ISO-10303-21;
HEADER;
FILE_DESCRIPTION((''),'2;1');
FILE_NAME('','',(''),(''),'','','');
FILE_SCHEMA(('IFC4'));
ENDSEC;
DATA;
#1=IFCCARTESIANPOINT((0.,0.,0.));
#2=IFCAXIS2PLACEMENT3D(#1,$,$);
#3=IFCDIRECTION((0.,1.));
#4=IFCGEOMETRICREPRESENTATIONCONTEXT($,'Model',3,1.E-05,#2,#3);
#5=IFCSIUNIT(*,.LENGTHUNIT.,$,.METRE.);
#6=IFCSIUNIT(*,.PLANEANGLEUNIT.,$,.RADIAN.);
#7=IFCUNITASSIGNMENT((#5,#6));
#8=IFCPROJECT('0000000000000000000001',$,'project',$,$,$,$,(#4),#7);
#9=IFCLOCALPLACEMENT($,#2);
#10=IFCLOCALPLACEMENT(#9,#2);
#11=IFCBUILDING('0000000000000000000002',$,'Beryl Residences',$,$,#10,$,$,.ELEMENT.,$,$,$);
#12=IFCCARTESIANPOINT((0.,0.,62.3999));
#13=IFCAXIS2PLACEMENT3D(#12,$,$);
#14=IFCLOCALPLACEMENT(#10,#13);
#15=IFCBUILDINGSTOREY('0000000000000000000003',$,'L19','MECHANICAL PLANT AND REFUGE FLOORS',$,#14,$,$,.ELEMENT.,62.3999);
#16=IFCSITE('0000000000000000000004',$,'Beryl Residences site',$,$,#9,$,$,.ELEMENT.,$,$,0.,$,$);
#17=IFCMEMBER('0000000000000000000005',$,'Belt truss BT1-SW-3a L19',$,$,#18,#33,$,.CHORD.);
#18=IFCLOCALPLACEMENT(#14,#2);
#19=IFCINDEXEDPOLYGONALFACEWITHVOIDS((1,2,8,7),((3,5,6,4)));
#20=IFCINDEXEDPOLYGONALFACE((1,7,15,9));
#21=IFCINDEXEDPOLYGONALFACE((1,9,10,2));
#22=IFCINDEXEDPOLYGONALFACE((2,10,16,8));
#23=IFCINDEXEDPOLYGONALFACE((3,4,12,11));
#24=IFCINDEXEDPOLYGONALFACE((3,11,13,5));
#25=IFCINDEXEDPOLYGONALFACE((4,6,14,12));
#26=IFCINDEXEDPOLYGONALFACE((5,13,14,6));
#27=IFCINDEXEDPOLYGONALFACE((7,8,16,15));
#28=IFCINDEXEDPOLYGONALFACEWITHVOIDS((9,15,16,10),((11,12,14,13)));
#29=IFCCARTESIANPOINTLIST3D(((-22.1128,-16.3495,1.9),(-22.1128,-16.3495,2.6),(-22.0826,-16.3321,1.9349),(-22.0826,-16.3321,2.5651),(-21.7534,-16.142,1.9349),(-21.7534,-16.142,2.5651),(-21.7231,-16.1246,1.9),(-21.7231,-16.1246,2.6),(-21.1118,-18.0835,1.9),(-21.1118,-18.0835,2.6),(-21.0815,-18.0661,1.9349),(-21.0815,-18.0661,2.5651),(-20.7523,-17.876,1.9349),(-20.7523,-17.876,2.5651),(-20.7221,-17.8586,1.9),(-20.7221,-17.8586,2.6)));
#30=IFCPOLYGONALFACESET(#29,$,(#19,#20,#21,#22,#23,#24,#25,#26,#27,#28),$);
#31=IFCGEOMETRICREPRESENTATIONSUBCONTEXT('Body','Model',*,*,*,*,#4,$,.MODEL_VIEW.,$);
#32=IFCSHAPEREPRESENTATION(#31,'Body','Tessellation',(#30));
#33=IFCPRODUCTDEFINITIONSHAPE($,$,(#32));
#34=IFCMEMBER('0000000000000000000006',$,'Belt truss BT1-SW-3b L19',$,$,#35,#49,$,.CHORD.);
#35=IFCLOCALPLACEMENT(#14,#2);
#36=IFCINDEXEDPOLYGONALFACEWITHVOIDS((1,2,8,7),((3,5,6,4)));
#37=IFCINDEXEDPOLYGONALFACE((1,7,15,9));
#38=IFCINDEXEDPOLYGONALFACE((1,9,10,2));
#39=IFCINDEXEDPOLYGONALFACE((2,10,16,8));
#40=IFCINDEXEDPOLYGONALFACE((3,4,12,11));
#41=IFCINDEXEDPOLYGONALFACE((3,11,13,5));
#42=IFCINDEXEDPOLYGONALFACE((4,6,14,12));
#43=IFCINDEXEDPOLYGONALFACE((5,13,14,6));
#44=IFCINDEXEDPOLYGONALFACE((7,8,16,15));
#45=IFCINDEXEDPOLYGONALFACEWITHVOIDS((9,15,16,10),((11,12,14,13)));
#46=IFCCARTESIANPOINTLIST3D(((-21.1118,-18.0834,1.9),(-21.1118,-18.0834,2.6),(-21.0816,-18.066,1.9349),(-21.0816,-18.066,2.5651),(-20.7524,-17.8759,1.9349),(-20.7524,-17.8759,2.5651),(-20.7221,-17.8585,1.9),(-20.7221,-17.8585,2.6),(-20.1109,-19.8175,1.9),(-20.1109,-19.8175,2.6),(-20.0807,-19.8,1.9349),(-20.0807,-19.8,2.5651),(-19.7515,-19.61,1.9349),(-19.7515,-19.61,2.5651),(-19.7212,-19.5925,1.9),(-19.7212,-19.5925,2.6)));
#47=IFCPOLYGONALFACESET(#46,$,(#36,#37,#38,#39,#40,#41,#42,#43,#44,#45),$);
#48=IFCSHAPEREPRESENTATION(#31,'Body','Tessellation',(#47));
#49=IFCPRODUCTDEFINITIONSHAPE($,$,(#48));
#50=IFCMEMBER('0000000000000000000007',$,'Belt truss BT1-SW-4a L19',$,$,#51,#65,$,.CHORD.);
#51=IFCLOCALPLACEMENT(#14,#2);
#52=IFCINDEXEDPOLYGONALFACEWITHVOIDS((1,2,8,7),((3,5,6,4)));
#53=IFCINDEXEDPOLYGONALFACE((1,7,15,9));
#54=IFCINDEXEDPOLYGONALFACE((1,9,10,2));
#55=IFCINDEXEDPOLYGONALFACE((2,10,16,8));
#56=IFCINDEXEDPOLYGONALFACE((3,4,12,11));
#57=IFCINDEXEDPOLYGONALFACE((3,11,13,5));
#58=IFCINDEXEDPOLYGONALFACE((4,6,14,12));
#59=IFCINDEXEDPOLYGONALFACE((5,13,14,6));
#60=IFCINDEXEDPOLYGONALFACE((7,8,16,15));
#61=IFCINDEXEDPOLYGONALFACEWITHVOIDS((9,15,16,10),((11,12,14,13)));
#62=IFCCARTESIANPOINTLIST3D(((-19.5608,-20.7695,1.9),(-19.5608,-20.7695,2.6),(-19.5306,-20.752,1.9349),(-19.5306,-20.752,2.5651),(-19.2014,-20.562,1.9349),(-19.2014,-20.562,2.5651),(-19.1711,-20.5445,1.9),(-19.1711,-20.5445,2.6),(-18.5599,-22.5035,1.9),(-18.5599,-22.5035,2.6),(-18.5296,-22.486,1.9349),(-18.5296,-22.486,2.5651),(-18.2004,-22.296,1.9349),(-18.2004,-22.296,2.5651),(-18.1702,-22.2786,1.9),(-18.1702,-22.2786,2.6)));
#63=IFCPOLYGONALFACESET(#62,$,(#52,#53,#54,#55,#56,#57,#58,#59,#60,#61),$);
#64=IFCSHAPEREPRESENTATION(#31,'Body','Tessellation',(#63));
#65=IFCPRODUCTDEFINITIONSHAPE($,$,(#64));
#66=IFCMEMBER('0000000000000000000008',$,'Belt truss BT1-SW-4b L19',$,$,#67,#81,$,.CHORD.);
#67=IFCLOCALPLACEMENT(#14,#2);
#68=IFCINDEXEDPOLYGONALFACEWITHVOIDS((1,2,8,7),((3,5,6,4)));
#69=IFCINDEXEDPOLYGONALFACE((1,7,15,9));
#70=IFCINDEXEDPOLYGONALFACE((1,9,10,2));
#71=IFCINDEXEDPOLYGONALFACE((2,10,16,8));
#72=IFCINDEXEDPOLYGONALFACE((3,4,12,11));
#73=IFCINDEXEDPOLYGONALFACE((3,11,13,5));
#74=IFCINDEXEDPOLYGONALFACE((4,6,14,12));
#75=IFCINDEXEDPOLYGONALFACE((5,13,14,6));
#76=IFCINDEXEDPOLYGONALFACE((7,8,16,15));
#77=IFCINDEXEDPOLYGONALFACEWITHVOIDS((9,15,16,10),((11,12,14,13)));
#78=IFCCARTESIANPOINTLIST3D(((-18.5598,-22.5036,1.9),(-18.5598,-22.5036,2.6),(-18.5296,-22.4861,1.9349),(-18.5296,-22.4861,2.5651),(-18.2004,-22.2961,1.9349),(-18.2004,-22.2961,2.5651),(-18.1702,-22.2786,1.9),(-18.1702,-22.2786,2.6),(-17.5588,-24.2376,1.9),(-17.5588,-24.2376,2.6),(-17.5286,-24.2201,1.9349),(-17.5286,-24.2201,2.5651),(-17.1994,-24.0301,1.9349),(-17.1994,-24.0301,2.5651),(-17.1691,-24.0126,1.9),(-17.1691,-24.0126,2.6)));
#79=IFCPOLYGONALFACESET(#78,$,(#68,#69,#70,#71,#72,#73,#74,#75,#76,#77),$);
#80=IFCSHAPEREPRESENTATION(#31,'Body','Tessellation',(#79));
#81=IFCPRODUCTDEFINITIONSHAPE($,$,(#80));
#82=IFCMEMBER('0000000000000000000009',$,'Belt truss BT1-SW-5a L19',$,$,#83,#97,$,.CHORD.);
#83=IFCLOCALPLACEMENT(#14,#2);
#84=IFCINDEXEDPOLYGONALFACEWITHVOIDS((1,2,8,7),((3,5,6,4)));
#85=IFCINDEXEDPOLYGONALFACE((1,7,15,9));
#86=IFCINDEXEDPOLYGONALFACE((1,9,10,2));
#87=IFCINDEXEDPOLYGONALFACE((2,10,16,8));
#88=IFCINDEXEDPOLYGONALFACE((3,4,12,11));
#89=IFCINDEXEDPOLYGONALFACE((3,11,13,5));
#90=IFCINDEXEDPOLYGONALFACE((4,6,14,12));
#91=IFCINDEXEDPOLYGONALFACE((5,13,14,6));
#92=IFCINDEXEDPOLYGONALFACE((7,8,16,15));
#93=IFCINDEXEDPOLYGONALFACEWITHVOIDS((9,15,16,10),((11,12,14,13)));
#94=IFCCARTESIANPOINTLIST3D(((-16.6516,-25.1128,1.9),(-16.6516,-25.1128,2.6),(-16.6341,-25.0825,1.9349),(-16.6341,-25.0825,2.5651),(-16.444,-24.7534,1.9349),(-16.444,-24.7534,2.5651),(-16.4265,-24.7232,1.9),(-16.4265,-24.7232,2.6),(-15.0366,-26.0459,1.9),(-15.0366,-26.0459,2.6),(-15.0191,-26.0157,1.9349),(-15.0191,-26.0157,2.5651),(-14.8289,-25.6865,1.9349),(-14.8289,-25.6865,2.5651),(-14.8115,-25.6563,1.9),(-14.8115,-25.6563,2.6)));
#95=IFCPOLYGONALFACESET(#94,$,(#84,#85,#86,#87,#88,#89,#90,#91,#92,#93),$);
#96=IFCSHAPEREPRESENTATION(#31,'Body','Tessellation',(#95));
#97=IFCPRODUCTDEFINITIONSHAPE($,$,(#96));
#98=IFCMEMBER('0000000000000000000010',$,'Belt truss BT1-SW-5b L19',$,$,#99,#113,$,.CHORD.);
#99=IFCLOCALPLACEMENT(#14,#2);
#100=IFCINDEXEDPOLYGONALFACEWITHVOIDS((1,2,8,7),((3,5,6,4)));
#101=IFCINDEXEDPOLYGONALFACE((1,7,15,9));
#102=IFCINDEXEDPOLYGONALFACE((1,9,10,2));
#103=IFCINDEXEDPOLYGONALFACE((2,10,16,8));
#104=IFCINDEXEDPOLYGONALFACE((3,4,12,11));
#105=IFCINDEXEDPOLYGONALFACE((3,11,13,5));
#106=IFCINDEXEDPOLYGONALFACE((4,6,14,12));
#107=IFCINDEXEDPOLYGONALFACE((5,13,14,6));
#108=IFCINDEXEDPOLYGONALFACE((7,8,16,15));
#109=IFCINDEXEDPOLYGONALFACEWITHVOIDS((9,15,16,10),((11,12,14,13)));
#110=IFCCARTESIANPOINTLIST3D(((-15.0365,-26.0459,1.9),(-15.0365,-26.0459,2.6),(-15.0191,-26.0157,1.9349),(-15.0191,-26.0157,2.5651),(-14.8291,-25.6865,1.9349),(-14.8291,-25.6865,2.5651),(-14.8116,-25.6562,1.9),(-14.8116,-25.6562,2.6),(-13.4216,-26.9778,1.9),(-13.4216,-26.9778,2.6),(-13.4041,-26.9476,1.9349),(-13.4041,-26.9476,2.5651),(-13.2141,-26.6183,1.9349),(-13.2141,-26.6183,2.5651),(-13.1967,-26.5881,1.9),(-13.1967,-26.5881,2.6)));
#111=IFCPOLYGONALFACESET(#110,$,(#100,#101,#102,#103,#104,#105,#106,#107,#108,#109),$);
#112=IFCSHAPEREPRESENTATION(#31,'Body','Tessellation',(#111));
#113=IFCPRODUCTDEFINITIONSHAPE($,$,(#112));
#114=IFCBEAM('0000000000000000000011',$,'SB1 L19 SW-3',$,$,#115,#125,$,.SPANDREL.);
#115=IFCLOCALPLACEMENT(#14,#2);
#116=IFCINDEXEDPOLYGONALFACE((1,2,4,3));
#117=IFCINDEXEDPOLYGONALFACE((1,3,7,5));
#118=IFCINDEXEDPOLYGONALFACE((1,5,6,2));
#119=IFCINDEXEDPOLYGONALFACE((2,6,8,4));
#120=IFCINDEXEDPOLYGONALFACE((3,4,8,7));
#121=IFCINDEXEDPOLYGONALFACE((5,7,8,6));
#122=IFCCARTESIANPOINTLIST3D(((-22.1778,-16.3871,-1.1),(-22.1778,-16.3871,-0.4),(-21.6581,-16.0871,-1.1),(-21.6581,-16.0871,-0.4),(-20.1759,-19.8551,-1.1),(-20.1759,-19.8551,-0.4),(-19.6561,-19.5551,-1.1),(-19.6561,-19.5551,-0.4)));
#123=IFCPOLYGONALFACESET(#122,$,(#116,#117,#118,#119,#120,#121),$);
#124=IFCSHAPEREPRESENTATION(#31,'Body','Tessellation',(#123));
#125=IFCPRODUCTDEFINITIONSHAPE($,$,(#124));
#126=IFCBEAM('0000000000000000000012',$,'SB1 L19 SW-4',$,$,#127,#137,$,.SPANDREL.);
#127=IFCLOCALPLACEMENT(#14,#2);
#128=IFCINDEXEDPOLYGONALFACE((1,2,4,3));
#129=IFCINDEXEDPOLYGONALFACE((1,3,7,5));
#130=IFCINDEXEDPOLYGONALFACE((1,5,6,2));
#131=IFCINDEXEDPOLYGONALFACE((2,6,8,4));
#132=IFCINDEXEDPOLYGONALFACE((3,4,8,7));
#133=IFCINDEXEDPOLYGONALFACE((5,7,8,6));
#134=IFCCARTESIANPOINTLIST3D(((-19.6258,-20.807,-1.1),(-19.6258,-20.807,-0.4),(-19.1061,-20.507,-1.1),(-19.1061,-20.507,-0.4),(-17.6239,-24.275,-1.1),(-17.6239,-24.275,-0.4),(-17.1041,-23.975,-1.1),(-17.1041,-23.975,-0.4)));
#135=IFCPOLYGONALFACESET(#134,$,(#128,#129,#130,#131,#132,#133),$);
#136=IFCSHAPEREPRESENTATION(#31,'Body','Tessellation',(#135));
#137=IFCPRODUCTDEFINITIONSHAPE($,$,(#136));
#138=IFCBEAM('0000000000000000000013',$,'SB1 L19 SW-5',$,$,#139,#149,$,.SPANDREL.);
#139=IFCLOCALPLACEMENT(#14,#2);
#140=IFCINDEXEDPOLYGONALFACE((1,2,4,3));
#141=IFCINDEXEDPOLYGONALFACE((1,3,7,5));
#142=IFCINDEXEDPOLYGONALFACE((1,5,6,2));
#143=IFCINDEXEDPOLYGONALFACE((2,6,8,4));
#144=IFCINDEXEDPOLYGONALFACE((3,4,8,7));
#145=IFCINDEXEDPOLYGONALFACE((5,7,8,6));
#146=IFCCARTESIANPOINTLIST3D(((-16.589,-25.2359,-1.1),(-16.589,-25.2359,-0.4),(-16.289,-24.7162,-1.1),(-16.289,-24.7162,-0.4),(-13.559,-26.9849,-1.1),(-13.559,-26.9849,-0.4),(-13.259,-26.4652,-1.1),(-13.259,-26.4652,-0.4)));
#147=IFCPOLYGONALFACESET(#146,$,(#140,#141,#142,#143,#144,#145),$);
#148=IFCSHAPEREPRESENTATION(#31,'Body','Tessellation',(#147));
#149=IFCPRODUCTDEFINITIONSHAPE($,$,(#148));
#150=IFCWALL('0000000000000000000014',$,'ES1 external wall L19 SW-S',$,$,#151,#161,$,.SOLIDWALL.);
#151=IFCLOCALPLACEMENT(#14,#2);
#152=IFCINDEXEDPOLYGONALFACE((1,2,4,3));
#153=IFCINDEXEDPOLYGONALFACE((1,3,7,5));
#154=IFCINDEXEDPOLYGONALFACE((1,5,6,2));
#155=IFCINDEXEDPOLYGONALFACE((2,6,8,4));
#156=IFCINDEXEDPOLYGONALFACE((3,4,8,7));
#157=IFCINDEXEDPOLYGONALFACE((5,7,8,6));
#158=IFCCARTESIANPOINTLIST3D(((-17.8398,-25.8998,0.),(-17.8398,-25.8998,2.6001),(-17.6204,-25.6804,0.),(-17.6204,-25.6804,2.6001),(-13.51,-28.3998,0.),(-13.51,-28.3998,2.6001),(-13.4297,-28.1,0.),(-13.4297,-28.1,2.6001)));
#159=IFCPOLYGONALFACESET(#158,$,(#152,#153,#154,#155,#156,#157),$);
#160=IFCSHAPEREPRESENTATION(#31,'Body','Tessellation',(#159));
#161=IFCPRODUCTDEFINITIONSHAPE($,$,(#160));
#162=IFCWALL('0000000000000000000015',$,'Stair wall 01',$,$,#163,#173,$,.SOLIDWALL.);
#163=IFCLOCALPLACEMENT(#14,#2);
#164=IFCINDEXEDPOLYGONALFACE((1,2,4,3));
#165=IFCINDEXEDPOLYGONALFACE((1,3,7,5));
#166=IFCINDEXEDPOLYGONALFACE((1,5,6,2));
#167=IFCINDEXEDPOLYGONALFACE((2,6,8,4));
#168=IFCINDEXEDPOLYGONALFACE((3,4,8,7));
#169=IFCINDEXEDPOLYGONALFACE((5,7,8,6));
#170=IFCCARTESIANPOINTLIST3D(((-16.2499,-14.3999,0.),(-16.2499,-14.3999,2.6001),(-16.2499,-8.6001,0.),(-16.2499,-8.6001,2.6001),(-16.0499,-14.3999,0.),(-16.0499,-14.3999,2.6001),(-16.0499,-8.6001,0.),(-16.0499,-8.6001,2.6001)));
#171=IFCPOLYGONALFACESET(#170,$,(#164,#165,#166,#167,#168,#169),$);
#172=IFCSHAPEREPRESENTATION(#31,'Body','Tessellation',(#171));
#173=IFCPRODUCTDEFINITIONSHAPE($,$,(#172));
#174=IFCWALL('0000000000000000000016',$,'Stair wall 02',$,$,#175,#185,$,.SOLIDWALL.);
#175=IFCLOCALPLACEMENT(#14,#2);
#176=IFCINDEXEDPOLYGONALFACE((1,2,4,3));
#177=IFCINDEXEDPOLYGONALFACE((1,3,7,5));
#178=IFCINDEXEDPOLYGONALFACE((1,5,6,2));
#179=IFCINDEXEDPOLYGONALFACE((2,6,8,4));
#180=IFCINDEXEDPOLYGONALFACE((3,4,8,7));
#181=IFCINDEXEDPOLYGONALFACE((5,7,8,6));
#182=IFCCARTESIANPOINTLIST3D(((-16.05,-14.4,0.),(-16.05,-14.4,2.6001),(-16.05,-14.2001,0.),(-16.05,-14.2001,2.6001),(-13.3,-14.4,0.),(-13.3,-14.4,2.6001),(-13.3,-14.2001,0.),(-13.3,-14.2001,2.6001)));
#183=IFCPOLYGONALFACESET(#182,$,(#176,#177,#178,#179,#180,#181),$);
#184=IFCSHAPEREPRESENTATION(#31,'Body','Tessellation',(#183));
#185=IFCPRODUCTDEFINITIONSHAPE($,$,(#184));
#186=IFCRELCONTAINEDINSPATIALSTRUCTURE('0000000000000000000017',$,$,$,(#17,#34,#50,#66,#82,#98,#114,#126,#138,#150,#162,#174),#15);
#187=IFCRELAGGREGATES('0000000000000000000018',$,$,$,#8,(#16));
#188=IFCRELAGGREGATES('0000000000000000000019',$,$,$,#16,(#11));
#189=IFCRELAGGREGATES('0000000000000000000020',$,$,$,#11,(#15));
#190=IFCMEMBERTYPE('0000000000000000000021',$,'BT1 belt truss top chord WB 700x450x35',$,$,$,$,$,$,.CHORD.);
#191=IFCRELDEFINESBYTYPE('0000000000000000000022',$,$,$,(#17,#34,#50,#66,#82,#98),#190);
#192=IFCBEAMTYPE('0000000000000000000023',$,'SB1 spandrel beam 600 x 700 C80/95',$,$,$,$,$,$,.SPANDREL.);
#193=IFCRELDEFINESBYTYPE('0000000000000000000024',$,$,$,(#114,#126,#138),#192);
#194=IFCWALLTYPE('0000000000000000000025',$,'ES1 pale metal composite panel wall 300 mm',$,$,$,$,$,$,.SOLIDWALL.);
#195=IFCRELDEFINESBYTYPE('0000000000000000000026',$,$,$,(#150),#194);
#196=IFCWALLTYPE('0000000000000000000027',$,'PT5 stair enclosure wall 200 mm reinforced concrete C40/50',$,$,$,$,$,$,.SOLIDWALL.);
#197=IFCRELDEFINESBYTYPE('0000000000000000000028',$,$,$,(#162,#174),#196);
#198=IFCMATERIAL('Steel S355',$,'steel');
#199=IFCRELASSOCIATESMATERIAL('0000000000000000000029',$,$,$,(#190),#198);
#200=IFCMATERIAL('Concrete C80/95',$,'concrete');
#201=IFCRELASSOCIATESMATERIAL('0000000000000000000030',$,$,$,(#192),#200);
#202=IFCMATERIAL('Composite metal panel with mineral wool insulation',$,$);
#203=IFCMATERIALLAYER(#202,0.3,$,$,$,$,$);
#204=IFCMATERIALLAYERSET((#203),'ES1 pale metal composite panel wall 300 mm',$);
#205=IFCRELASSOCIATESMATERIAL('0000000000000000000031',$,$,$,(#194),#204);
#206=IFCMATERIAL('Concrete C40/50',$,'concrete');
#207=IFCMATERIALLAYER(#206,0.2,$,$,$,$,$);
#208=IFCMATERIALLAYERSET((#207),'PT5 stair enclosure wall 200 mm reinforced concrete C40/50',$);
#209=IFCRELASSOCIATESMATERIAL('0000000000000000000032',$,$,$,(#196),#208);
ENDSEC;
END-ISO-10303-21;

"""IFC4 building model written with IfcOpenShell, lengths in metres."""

from ifc_helpers import new_model, si_unit, direction, frame, frame_2d, origin, origin_2d, place, context, subcontext, project, spatial, polyline, rectangle, hollow_rectangle, outline, extrude, material, layer, layer_set, material_profile, profile_set, type_object, element, save


model = new_model("IFC4")

# Units and contexts
model_context = context("Model", 3, precision=1e-05, world=origin(), true_north=direction((0.0, 1.0)))
body_context = subcontext(model_context, "Body", "Model", "MODEL_VIEW")
ifc_project = project(units=[si_unit("LENGTHUNIT", "METRE"), si_unit("PLANEANGLEUNIT", "RADIAN")], contexts=[model_context])

# Site, building, storey
site_placement = place(None, origin())
site = spatial("IfcSite", under=ifc_project, at=site_placement, Name="Beryl Residences site", CompositionType="ELEMENT", RefElevation=0.0)
building_placement = place(site_placement, origin())
building = spatial("IfcBuilding", under=site, at=building_placement, Name="Beryl Residences", CompositionType="ELEMENT")
storey_placement = place(building_placement, frame((0.0, 0.0, 62.3999)))
storey = spatial("IfcBuildingStorey", under=building, at=storey_placement, Name="L19", Description="MECHANICAL PLANT AND REFUGE FLOORS", CompositionType="ELEMENT", Elevation=62.3999)

# Members
ifc_material_1 = material(Name="Steel S355", Category="steel")
ifc_material_profile_1 = material_profile(ifc_material_1, hollow_rectangle(XDim=0.45, YDim=0.7, WallThickness=0.0349, at=origin_2d()))
ifc_profile_set_1 = profile_set([ifc_material_profile_1], Name="Steel S355")
member_type_1 = type_object("IfcMemberType", Name="BT1 belt truss top chord WB 700x450x35", PredefinedType="CHORD", material=ifc_profile_set_1)
for number, where, z_axis, x_axis, name in (
    (1, (-21.918, -16.2371, 2.25), (0.499969, -0.866043, 0.0), (0.866043, 0.499969, 0.0), "Belt truss BT1-SW-3a L19"),
    (2, (-20.917, -17.9709, 2.25), (0.499916, -0.866074, 0.0), (0.866074, 0.499916, 0.0), "Belt truss BT1-SW-3b L19"),
    (3, (-19.366, -20.657, 2.25), (0.499916, -0.866074, 0.0), (0.866074, 0.499916, 0.0), "Belt truss BT1-SW-4a L19"),
    (4, (-18.365, -22.3911, 2.25), (0.499969, -0.866043, 0.0), (0.866043, 0.499969, 0.0), "Belt truss BT1-SW-4b L19"),
):
    element("IfcMember", number, at=place(storey_placement, frame(where, z_axis=z_axis, x_axis=x_axis)), inside=storey, type_object=member_type_1, Name=name, PredefinedType="CHORD", context=body_context, shape_type="SweptSolid", body=[
        extrude(hollow_rectangle(XDim=0.45, YDim=0.7, WallThickness=0.0349, at=origin_2d()), origin(), (0.0, 0.0, 1.0), 2.0022),
    ])
member_1_placement = place(storey_placement, frame((-16.5391, -24.918, 2.25), z_axis=(0.865865, -0.500278, 0.0), x_axis=(0.500278, 0.865865, 0.0)))
element("IfcMember", 5, at=member_1_placement, inside=storey, type_object=member_type_1, Name="Belt truss BT1-SW-5a L19", PredefinedType="CHORD", context=body_context, shape_type="SweptSolid", body=[
    extrude(hollow_rectangle(XDim=0.45, YDim=0.7, WallThickness=0.0349, at=origin_2d()), origin(), (0.0, 0.0, 1.0), 1.8652),
])
member_2_placement = place(storey_placement, frame((-14.9241, -25.8511, 2.25), z_axis=(0.866149, -0.499787, 0.0), x_axis=(0.499787, 0.866149, 0.0)))
element("IfcMember", 6, at=member_2_placement, inside=storey, type_object=member_type_1, Name="Belt truss BT1-SW-5b L19", PredefinedType="CHORD", context=body_context, shape_type="SweptSolid", body=[
    extrude(hollow_rectangle(XDim=0.45, YDim=0.7, WallThickness=0.0349, at=origin_2d()), origin(), (0.0, 0.0, 1.0), 1.8645),
])

# Beams
ifc_material_2 = material(Name="Concrete C80/95", Category="concrete")
ifc_material_profile_2 = material_profile(ifc_material_2, rectangle(XDim=0.6001, YDim=0.7, at=origin_2d()))
ifc_profile_set_2 = profile_set([ifc_material_profile_2], Name="Concrete C80/95")
beam_type = type_object("IfcBeamType", Name="SB1 spandrel beam 600 x 700 C80/95", PredefinedType="SPANDREL", material=ifc_profile_set_2)
for number, where, z_axis, x_axis, name in (
    (7, (-21.918, -16.2371, -0.75), (0.499942, -0.866059, 0.0), (0.866059, 0.499942, 0.0), "SB1 L19 SW-3"),
    (8, (-19.366, -20.657, -0.75), (0.499942, -0.866059, 0.0), (0.866059, 0.499942, 0.0), "SB1 L19 SW-4"),
):
    element("IfcBeam", number, at=place(storey_placement, frame(where, z_axis=z_axis, x_axis=x_axis)), inside=storey, type_object=beam_type, Name=name, PredefinedType="SPANDREL", context=body_context, shape_type="SweptSolid", body=[
        extrude(rectangle(XDim=0.6001, YDim=0.7, at=origin_2d()), origin(), (0.0, 0.0, 1.0), 4.0044),
    ])
beam_placement = place(storey_placement, frame((-16.439, -24.9761, -0.75), z_axis=(0.866071, -0.499922, 0.0), x_axis=(0.499922, 0.866071, 0.0)))
element("IfcBeam", 9, at=beam_placement, inside=storey, type_object=beam_type, Name="SB1 L19 SW-5", PredefinedType="SPANDREL", context=body_context, shape_type="SweptSolid", body=[
    extrude(rectangle(XDim=0.6001, YDim=0.7, at=origin_2d()), origin(), (0.0, 0.0, 1.0), 3.4985),
])

# Walls
ifc_material_3 = material(Name="Composite metal panel with mineral wool insulation")
ifc_layer_1 = layer(ifc_material_3, 0.3)
ifc_layer_set_1 = layer_set([ifc_layer_1], Name="ES1 pale metal composite panel wall 300 mm")
wall_type_1 = type_object("IfcWallType", Name="ES1 pale metal composite panel wall 300 mm", PredefinedType="SOLIDWALL", material=ifc_layer_set_1)
wall_1_placement = place(storey_placement, frame((-17.7649, -25.77, 0.0), z_axis=(0.0, 0.0, 1.0), x_axis=(0.866011, -0.500025, 0.0)))
element("IfcWall", 10, at=wall_1_placement, inside=storey, type_object=wall_type_1, Name="ES1 external wall L19 SW-S", PredefinedType="SOLIDWALL", context=body_context, shape_type="SweptSolid", body=[
    extrude(outline(polyline([(0.0, -0.1499), (4.9998, -0.1499), (4.9194, 0.1499), (0.0803, 0.1499), (0.0, -0.1499)])), origin(), (0.0, 0.0, 1.0), 2.6001),
])
ifc_material_4 = material(Name="Concrete C40/50", Category="concrete")
ifc_layer_2 = layer(ifc_material_4, 0.2)
ifc_layer_set_2 = layer_set([ifc_layer_2], Name="PT5 stair enclosure wall 200 mm reinforced concrete C40/50")
wall_type_2 = type_object("IfcWallType", Name="PT5 stair enclosure wall 200 mm reinforced concrete C40/50", PredefinedType="SOLIDWALL", material=ifc_layer_set_2)
wall_2_placement = place(storey_placement, frame((-16.1499, -14.3999, 0.0), z_axis=(0.0, 0.0, 1.0), x_axis=(0.0, 1.0, 0.0)))
element("IfcWall", 11, at=wall_2_placement, inside=storey, type_object=wall_type_2, Name="Stair wall 01", PredefinedType="SOLIDWALL", context=body_context, shape_type="SweptSolid", body=[
    extrude(rectangle(XDim=5.7998, YDim=0.2, at=frame_2d((2.8999, 0.0))), origin(), (0.0, 0.0, 1.0), 2.6001),
])
wall_3_placement = place(storey_placement, frame((-16.05, -14.3, 0.0), z_axis=(0.0, 0.0, 1.0), x_axis=(1.0, 0.0, 0.0)))
element("IfcWall", 12, at=wall_3_placement, inside=storey, type_object=wall_type_2, Name="Stair wall 02", PredefinedType="SOLIDWALL", context=body_context, shape_type="SweptSolid", body=[
    extrude(rectangle(XDim=2.75, YDim=0.2, at=frame_2d((1.375, 0.0))), origin(), (0.0, 0.0, 1.0), 2.6001),
])

save(model, "model.ifc")
